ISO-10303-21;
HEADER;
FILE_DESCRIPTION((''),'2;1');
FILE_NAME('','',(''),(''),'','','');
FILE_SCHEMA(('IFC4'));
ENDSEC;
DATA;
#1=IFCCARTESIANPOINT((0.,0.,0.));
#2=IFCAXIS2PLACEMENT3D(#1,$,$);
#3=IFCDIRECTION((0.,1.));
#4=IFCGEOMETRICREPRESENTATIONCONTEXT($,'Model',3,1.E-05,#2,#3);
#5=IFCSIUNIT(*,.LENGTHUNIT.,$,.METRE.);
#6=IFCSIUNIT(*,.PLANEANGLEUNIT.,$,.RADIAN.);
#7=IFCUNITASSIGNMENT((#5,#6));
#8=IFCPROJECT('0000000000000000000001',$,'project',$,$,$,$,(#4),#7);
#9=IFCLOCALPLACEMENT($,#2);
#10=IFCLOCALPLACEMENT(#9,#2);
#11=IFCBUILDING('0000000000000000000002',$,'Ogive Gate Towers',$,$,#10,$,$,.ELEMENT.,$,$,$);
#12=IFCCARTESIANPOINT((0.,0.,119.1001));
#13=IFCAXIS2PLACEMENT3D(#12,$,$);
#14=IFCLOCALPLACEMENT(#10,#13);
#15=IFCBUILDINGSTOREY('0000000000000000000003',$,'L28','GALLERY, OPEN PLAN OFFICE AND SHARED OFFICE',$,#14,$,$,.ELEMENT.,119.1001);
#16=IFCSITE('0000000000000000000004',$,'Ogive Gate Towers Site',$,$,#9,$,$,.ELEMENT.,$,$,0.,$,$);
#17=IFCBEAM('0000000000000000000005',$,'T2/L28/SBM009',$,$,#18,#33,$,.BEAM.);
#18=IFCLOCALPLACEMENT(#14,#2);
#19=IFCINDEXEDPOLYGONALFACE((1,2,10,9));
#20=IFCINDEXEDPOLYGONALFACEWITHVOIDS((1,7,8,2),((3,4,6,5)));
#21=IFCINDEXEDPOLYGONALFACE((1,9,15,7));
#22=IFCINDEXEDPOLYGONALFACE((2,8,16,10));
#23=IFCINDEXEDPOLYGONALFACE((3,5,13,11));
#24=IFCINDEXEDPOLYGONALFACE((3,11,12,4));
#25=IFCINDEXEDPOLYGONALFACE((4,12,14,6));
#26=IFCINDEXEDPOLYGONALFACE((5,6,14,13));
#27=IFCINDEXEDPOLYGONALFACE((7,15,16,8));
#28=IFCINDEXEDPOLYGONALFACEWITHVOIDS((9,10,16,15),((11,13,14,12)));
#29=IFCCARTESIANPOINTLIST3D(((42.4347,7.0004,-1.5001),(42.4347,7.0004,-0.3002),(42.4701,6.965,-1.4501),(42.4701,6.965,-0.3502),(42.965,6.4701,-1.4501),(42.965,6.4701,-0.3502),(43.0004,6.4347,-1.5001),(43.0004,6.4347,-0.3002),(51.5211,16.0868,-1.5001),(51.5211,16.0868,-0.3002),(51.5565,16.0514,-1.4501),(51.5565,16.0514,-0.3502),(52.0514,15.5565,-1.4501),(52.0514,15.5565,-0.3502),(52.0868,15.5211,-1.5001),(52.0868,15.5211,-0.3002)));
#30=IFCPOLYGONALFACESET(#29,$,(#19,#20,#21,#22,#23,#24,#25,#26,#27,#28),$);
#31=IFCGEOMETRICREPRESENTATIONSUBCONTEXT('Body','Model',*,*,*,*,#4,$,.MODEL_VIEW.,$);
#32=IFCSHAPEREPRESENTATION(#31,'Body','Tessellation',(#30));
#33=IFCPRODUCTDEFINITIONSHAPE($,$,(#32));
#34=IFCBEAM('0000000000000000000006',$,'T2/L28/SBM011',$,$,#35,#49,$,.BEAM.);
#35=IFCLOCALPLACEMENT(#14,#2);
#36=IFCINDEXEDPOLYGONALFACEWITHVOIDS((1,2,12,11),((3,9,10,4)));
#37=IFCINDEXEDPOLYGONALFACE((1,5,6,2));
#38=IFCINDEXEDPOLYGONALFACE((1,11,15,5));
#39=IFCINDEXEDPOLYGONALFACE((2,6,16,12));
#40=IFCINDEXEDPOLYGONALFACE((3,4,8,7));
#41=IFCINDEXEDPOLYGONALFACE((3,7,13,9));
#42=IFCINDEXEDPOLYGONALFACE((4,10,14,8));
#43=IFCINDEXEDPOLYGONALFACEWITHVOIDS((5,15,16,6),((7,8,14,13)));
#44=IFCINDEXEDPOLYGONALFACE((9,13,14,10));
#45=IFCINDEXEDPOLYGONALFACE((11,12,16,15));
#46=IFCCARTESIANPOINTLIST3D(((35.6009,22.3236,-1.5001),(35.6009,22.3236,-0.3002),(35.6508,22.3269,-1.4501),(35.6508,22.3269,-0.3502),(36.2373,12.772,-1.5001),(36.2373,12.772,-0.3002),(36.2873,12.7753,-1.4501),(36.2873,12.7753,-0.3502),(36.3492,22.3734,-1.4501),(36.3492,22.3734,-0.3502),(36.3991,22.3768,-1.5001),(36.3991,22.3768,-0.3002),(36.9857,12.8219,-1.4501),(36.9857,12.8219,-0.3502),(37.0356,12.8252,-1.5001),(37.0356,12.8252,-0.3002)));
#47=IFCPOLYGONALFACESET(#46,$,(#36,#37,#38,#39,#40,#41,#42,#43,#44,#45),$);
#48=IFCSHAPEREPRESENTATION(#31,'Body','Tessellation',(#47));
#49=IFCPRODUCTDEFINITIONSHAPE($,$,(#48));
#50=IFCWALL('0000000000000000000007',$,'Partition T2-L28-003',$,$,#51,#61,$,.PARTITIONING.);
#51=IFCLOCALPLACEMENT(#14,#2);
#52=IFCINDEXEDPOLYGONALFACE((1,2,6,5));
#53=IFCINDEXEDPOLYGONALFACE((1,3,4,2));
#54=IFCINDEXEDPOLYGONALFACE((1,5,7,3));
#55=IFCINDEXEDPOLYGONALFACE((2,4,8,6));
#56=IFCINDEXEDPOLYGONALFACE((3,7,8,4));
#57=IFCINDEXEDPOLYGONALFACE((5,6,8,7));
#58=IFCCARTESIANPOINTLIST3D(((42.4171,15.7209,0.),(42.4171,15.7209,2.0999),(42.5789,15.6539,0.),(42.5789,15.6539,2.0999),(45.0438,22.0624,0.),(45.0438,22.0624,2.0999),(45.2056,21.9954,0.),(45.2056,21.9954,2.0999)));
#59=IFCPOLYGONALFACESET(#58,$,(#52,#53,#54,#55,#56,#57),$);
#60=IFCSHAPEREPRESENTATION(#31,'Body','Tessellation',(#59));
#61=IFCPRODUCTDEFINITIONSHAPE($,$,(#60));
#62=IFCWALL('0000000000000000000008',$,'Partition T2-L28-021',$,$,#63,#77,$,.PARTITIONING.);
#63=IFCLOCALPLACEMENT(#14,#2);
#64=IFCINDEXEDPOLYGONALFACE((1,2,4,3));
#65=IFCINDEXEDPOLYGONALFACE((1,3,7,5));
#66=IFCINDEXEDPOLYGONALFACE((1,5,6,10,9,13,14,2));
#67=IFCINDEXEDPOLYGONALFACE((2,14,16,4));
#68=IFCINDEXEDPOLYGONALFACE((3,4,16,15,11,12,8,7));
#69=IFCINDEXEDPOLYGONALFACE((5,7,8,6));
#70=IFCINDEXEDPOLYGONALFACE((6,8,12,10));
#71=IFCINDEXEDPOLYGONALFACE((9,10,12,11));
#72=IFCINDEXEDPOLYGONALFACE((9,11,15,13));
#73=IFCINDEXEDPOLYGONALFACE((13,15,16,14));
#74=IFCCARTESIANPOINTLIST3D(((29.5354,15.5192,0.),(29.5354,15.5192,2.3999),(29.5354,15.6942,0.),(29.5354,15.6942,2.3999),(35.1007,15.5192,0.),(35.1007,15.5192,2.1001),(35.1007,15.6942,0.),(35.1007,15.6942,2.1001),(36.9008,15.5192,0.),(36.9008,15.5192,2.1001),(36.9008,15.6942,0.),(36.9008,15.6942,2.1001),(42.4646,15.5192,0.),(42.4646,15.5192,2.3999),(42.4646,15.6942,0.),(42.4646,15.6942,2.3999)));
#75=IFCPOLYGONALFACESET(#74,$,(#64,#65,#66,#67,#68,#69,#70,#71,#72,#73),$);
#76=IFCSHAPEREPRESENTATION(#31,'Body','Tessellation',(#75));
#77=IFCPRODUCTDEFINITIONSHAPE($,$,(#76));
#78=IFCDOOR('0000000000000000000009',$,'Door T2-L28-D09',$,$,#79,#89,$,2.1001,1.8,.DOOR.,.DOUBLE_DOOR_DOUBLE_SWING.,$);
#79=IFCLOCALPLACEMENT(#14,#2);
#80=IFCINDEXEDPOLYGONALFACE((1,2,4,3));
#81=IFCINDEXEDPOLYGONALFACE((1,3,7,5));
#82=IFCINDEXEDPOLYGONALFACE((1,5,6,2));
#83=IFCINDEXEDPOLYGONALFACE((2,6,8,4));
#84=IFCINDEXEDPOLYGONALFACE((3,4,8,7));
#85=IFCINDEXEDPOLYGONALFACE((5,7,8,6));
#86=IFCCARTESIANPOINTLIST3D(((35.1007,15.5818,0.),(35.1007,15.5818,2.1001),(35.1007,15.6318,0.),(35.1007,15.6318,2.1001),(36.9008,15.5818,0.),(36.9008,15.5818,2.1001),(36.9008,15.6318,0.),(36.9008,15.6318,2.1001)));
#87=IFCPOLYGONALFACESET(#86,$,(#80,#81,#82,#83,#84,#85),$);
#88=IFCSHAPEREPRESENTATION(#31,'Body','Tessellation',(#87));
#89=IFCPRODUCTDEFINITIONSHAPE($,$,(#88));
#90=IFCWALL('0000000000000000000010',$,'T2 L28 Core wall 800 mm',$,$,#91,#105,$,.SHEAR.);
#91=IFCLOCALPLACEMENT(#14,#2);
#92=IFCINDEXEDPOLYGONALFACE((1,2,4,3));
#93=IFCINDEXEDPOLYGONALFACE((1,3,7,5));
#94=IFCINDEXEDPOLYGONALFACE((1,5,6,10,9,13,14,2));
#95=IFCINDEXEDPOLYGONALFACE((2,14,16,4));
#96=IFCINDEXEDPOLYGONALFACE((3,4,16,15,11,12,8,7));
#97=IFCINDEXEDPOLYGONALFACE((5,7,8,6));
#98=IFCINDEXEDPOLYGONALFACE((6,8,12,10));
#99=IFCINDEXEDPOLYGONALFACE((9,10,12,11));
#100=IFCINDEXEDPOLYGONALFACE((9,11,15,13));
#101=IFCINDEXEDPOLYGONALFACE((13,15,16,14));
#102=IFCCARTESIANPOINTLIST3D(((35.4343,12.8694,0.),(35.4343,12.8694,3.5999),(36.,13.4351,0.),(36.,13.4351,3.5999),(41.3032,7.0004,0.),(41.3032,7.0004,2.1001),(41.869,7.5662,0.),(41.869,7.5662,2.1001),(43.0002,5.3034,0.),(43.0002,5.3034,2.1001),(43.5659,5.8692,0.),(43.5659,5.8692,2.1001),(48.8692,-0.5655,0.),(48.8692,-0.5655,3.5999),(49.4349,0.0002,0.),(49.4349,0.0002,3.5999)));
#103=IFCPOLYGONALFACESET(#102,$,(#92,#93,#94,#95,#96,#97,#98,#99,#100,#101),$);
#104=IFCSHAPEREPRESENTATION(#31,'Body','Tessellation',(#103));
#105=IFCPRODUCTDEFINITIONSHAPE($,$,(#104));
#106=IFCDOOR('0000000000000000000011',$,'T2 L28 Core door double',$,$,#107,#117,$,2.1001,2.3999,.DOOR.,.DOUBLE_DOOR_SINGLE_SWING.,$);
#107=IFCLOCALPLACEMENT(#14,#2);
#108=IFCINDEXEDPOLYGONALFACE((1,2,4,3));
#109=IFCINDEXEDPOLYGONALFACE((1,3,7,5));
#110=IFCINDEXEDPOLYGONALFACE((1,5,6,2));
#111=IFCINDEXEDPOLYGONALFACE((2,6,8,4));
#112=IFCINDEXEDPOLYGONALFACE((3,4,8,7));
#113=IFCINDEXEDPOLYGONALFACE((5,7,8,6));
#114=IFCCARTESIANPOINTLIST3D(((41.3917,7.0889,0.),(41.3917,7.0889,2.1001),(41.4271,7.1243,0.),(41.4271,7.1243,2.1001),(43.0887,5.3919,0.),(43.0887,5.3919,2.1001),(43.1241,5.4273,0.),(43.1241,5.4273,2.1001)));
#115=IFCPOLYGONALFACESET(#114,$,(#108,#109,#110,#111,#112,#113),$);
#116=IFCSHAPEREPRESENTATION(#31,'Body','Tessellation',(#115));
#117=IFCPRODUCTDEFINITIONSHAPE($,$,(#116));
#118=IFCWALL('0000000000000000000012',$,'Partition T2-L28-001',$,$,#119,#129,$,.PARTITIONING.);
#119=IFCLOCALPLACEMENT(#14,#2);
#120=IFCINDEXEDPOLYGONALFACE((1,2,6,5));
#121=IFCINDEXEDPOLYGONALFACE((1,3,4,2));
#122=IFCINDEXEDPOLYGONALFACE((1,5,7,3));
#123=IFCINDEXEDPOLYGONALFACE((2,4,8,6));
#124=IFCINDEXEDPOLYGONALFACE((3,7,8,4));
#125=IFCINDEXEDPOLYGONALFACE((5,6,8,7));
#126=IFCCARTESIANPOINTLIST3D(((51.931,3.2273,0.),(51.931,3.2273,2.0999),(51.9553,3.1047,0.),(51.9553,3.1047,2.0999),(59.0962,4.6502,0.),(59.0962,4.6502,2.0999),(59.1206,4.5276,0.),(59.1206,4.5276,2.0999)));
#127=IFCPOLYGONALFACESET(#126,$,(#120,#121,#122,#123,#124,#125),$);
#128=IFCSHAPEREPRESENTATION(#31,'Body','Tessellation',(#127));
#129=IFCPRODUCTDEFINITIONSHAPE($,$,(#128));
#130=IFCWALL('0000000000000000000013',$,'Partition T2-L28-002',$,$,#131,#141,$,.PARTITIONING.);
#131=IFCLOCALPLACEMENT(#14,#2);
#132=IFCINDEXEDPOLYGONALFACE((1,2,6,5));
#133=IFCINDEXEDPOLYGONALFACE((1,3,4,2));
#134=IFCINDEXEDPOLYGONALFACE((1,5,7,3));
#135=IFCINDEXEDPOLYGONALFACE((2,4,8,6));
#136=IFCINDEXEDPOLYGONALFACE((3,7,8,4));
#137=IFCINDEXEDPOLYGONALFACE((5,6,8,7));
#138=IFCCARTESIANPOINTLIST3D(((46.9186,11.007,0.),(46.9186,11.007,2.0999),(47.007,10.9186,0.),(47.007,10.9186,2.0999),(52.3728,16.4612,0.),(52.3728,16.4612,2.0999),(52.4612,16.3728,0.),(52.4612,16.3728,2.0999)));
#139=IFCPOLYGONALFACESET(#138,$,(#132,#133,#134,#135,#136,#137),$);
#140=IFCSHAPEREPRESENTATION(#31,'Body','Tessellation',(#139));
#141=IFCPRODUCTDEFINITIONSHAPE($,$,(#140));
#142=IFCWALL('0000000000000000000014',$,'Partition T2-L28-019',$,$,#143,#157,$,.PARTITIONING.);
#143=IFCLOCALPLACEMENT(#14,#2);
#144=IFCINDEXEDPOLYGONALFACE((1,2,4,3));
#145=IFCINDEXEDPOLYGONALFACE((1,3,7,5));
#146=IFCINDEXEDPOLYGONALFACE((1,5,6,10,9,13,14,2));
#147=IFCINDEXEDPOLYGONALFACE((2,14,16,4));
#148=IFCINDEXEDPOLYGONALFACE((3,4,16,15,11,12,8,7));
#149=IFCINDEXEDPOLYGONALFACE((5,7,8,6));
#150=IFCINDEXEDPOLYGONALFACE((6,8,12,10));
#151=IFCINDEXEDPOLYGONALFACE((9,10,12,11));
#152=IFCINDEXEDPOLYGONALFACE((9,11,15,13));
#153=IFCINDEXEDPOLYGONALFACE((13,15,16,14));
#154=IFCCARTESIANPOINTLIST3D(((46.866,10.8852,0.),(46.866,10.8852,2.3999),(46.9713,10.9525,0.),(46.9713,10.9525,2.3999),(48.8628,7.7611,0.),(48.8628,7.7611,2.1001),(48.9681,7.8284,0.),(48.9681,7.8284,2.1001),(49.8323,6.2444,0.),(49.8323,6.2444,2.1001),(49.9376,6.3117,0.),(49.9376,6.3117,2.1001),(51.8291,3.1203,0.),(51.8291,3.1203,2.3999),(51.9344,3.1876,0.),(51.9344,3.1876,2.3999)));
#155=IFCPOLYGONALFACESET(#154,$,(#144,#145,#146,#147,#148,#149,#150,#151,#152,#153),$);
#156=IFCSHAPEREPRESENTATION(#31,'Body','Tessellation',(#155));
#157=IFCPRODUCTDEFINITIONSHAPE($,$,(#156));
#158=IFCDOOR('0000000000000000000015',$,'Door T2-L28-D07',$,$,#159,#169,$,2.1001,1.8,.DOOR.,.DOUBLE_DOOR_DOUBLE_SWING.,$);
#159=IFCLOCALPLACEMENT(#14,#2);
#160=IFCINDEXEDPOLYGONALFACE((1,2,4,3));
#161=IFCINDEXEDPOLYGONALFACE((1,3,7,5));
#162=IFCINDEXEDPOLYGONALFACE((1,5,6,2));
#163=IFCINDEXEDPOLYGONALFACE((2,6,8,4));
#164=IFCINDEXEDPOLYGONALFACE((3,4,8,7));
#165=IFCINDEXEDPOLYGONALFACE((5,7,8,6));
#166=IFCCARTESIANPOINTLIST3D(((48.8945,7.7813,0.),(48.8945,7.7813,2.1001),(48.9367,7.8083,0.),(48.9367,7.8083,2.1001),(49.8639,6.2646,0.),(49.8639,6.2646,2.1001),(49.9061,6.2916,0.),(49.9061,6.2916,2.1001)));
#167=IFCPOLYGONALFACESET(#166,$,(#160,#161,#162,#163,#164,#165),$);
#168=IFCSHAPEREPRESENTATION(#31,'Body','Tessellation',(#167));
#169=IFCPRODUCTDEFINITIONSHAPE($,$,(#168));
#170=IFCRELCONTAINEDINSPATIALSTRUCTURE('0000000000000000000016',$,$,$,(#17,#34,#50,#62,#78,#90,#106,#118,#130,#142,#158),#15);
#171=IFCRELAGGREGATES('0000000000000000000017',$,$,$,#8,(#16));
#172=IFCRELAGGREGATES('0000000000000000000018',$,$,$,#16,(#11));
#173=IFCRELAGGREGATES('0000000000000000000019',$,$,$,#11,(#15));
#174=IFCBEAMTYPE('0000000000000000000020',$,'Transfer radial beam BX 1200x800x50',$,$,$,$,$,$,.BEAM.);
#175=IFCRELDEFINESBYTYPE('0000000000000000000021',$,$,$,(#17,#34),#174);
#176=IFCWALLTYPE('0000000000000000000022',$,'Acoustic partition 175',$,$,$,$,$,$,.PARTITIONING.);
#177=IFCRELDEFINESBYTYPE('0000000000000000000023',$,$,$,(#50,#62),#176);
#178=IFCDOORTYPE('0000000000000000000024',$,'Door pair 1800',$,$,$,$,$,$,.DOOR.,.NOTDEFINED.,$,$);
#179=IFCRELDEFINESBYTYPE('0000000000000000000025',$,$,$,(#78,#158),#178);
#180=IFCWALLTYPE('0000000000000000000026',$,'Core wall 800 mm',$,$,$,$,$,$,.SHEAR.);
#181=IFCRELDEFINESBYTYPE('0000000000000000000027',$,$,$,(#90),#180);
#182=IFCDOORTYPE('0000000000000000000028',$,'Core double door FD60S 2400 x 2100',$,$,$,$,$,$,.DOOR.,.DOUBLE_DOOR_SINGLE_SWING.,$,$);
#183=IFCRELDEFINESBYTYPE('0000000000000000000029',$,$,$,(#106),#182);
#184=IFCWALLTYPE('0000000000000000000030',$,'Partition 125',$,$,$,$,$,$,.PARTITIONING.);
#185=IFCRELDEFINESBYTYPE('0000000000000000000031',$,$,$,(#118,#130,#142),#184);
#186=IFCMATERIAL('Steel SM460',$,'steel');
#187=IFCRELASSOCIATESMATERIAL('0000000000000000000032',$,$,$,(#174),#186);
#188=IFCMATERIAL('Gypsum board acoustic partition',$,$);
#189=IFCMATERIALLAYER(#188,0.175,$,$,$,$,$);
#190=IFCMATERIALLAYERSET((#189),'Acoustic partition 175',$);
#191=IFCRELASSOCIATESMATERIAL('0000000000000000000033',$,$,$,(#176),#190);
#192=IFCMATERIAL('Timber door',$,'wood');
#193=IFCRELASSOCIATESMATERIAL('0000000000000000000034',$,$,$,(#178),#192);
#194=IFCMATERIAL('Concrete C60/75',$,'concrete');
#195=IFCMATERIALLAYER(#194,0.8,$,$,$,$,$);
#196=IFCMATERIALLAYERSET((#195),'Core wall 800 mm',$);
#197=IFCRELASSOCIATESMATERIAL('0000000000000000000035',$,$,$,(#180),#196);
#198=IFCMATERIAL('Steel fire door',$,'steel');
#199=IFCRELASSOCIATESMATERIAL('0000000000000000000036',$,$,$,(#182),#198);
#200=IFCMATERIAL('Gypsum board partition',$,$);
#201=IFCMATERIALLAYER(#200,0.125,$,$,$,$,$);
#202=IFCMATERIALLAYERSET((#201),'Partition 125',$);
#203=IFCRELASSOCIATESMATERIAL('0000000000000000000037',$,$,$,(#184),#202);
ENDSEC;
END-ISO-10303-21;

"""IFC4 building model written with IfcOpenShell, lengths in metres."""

from ifc_helpers import new_model, si_unit, direction, frame, frame_2d, origin, origin_2d, place, context, subcontext, project, spatial, rectangle, hollow_rectangle, extrude, material, layer, layer_set, material_profile, profile_set, type_object, element, fill, save


model = new_model("IFC4")

# Units and contexts
model_context = context("Model", 3, precision=1e-05, world=origin(), true_north=direction((0.0, 1.0)))
body_context = subcontext(model_context, "Body", "Model", "MODEL_VIEW")
ifc_project = project(units=[si_unit("LENGTHUNIT", "METRE"), si_unit("PLANEANGLEUNIT", "RADIAN")], contexts=[model_context])

# Site, building, storey
site_placement = place(None, origin())
site = spatial("IfcSite", under=ifc_project, at=site_placement, Name="Ogive Gate Towers Site", CompositionType="ELEMENT", RefElevation=0.0)
building_placement = place(site_placement, origin())
building = spatial("IfcBuilding", under=site, at=building_placement, Name="Ogive Gate Towers", CompositionType="ELEMENT")
storey_placement = place(building_placement, frame((0.0, 0.0, 119.1001)))
storey = spatial("IfcBuildingStorey", under=building, at=storey_placement, Name="L28", Description="GALLERY, OPEN PLAN OFFICE AND SHARED OFFICE", CompositionType="ELEMENT", Elevation=119.1001)

# Shared definitions
ifc_material_1 = material(Name="Steel SM460", Category="steel")

# Beams
ifc_material_profile_1 = material_profile(ifc_material_1, hollow_rectangle(XDim=0.8, YDim=1.2, WallThickness=0.05, at=origin_2d()), Name="BX 1200x800x50")
ifc_profile_set_1 = profile_set([ifc_material_profile_1], Name="Steel SM460")
beam_type_1 = type_object("IfcBeamType", Name="Transfer radial beam BX 1200x800x50", PredefinedType="BEAM", material=ifc_profile_set_1)
beam_1_placement = place(storey_placement, frame((42.7175, 6.7175, -0.9001), z_axis=(0.707107, 0.707107, 0.0), x_axis=(-0.707107, 0.707107, 0.0)))
element("IfcBeam", 1, at=beam_1_placement, inside=storey, type_object=beam_type_1, Name="T2/L28/SBM009", PredefinedType="BEAM", context=body_context, shape_type="SweptSolid", body=[
    extrude(hollow_rectangle(XDim=0.8, YDim=1.2, WallThickness=0.05, at=origin_2d()), origin(), (0.0, 0.0, 1.0), 12.8501),
])
beam_2_placement = place(storey_placement, frame((36.6365, 12.7986, -0.9001), z_axis=(-0.066489, 0.997787, 0.0), x_axis=(-0.997787, -0.066489, 0.0)))
element("IfcBeam", 2, at=beam_2_placement, inside=storey, type_object=beam_type_1, Name="T2/L28/SBM011", PredefinedType="BEAM", context=body_context, shape_type="SweptSolid", body=[
    extrude(hollow_rectangle(XDim=0.8, YDim=1.2, WallThickness=0.05, at=origin_2d()), origin(), (0.0, 0.0, 1.0), 9.5728),
])

# Wall
ifc_material_2 = material(Name="Gypsum board acoustic partition")
ifc_layer_1 = layer(ifc_material_2, 0.175)
ifc_layer_set_1 = layer_set([ifc_layer_1], Name="Acoustic partition 175")
wall_type_1 = type_object("IfcWallType", Name="Acoustic partition 175", PredefinedType="PARTITIONING", material=ifc_layer_set_1)
wall_1_placement = place(storey_placement, frame((45.1248, 22.0291, 0.0), z_axis=(0.0, 0.0, 1.0), x_axis=(-0.382677, -0.923882, 0.0)))
element("IfcWall", 3, at=wall_1_placement, inside=storey, type_object=wall_type_1, Name="Partition T2-L28-003", PredefinedType="PARTITIONING", context=body_context, shape_type="SweptSolid", body=[
    extrude(rectangle(XDim=6.864, YDim=0.175, at=frame_2d((3.4321, 0.0))), origin(), (0.0, 0.0, 1.0), 2.0999),
])

# Walls, openings, doors
wall_2_placement = place(storey_placement, frame((42.4646, 15.6067, 0.0), z_axis=(0.0, 0.0, 1.0), x_axis=(-1.0, 0.0, 0.0)))
wall_2 = element("IfcWall", 4, at=wall_2_placement, inside=storey, type_object=wall_type_1, Name="Partition T2-L28-021", PredefinedType="PARTITIONING", context=body_context, shape_type="SweptSolid", body=[
    extrude(rectangle(XDim=12.9292, YDim=0.175, at=frame_2d((6.4646, 0.0))), origin(), (0.0, 0.0, 1.0), 2.3999),
])
opening_1_placement = place(wall_2_placement, frame((5.564, 0.0, 0.0)))
opening_1 = element("IfcOpeningElement", 5, at=opening_1_placement, cuts=wall_2, PredefinedType="OPENING", context=body_context, shape_type="SweptSolid", body=[
    extrude(rectangle(XDim=1.8, YDim=2.1001, at=frame_2d((0.8999, 1.05))), frame((0.0, 0.0977, 0.0), z_axis=(0.0, -1.0, 0.0), x_axis=(1.0, 0.0, 0.0)), (0.0, 0.0, 1.0), 0.1951),
])
ifc_material_3 = material(Name="Timber door", Category="wood")
door_type_1 = type_object("IfcDoorType", Name="Door pair 1800", OperationType="NOTDEFINED", PredefinedType="DOOR", material=ifc_material_3)
door_1_placement = place(opening_1_placement, origin())
door_1 = element("IfcDoor", 6, at=door_1_placement, inside=storey, type_object=door_type_1, Name="Door T2-L28-D09", OperationType="DOUBLE_DOOR_DOUBLE_SWING", OverallHeight=2.1001, OverallWidth=1.8, PredefinedType="DOOR", context=body_context, shape_type="SweptSolid", body=[
    extrude(rectangle(XDim=1.8, YDim=2.1001, at=frame_2d((0.8999, 1.05))), frame((0.0, 0.0249, 0.0), z_axis=(0.0, -1.0, 0.0), x_axis=(1.0, 0.0, 0.0)), (0.0, 0.0, 1.0), 0.05),
])
fill(opening_1, door_1)
ifc_material_4 = material(Name="Concrete C60/75", Category="concrete")
ifc_layer_2 = layer(ifc_material_4, 0.8)
ifc_layer_set_2 = layer_set([ifc_layer_2], Name="Core wall 800 mm")
wall_type_2 = type_object("IfcWallType", Name="Core wall 800 mm", PredefinedType="SHEAR", material=ifc_layer_set_2)
wall_3_placement = place(storey_placement, frame((49.1521, -0.2827, 0.0), z_axis=(0.0, 0.0, 1.0), x_axis=(-0.707107, 0.707107, 0.0)))
wall_3 = element("IfcWall", 7, at=wall_3_placement, inside=storey, type_object=wall_type_2, Name="T2 L28 Core wall 800 mm", PredefinedType="SHEAR", context=body_context, shape_type="SweptSolid", body=[
    extrude(rectangle(XDim=18.9998, YDim=0.8, at=frame_2d((9.5, 0.0))), origin(), (0.0, 0.0, 1.0), 3.5999),
])
opening_2_placement = place(wall_3_placement, frame((8.3, 0.0, 0.0)))
opening_2 = element("IfcOpeningElement", 8, at=opening_2_placement, cuts=wall_3, PredefinedType="OPENING", context=body_context, shape_type="SweptSolid", body=[
    extrude(rectangle(XDim=2.3999, YDim=2.1001, at=frame_2d((1.2, 1.05))), frame((0.0, 0.4102, 0.0), z_axis=(0.0, -1.0, 0.0), x_axis=(1.0, 0.0, 0.0)), (0.0, 0.0, 1.0), 0.8201),
])
ifc_material_5 = material(Name="Steel fire door", Category="steel")
door_type_2 = type_object("IfcDoorType", Name="Core double door FD60S 2400 x 2100", OperationType="DOUBLE_DOOR_SINGLE_SWING", PredefinedType="DOOR", material=ifc_material_5)
door_2_placement = place(opening_2_placement, origin())
door_2 = element("IfcDoor", 9, at=door_2_placement, inside=storey, type_object=door_type_2, Name="T2 L28 Core door double", OperationType="DOUBLE_DOOR_SINGLE_SWING", OverallHeight=2.1001, OverallWidth=2.3999, PredefinedType="DOOR", context=body_context, shape_type="SweptSolid", body=[
    extrude(rectangle(XDim=2.3999, YDim=2.1001, at=frame_2d((1.2, 1.05))), frame((0.0, 0.2749, 0.0), z_axis=(0.0, -1.0, 0.0), x_axis=(1.0, 0.0, 0.0)), (0.0, 0.0, 1.0), 0.05),
])
fill(opening_2, door_2)

# Walls
ifc_material_6 = material(Name="Gypsum board partition")
ifc_layer_3 = layer(ifc_material_6, 0.125)
ifc_layer_set_3 = layer_set([ifc_layer_3], Name="Partition 125")
wall_type_3 = type_object("IfcWallType", Name="Partition 125", PredefinedType="PARTITIONING", material=ifc_layer_set_3)
wall_4_placement = place(storey_placement, frame((59.1084, 4.5889, 0.0), z_axis=(0.0, 0.0, 1.0), x_axis=(-0.980848, -0.194773, 0.0)))
element("IfcWall", 10, at=wall_4_placement, inside=storey, type_object=wall_type_3, Name="Partition T2-L28-001", PredefinedType="PARTITIONING", context=body_context, shape_type="SweptSolid", body=[
    extrude(rectangle(XDim=7.3052, YDim=0.125, at=frame_2d((3.6526, 0.0))), origin(), (0.0, 0.0, 1.0), 2.0999),
])
wall_5_placement = place(storey_placement, frame((52.417, 16.417, 0.0), z_axis=(0.0, 0.0, 1.0), x_axis=(-0.707107, -0.707107, 0.0)))
element("IfcWall", 11, at=wall_5_placement, inside=storey, type_object=wall_type_3, Name="Partition T2-L28-002", PredefinedType="PARTITIONING", context=body_context, shape_type="SweptSolid", body=[
    extrude(rectangle(XDim=7.7134, YDim=0.125, at=frame_2d((3.8567, 0.0))), origin(), (0.0, 0.0, 1.0), 2.0999),
])

# Wall, opening, door
wall_6_placement = place(storey_placement, frame((51.8818, 3.1538, 0.0), z_axis=(0.0, 0.0, 1.0), x_axis=(-0.538561, 0.842586, 0.0)))
wall_6 = element("IfcWall", 12, at=wall_6_placement, inside=storey, type_object=wall_type_3, Name="Partition T2-L28-019", PredefinedType="PARTITIONING", context=body_context, shape_type="SweptSolid", body=[
    extrude(rectangle(XDim=9.2156, YDim=0.125, at=frame_2d((4.6079, 0.0))), origin(), (0.0, 0.0, 1.0), 2.3999),
])
opening_3_placement = place(wall_6_placement, frame((3.708, 0.0, 0.0)))
opening_3 = element("IfcOpeningElement", 13, at=opening_3_placement, cuts=wall_6, PredefinedType="OPENING", context=body_context, shape_type="SweptSolid", body=[
    extrude(rectangle(XDim=1.8, YDim=2.1001, at=frame_2d((0.8999, 1.05))), frame((0.0, 0.0725, 0.0), z_axis=(0.0, -1.0, 0.0), x_axis=(1.0, 0.0, 0.0)), (0.0, 0.0, 1.0), 0.145),
])
door_3_placement = place(opening_3_placement, origin())
door_3 = element("IfcDoor", 14, at=door_3_placement, inside=storey, type_object=door_type_1, Name="Door T2-L28-D07", OperationType="DOUBLE_DOOR_DOUBLE_SWING", OverallHeight=2.1001, OverallWidth=1.8, PredefinedType="DOOR", context=body_context, shape_type="SweptSolid", body=[
    extrude(rectangle(XDim=1.8, YDim=2.1001, at=frame_2d((0.8999, 1.05))), frame((0.0, 0.0249, 0.0), z_axis=(0.0, -1.0, 0.0), x_axis=(1.0, 0.0, 0.0)), (0.0, 0.0, 1.0), 0.05),
])
fill(opening_3, door_3)

save(model, "model.ifc")
